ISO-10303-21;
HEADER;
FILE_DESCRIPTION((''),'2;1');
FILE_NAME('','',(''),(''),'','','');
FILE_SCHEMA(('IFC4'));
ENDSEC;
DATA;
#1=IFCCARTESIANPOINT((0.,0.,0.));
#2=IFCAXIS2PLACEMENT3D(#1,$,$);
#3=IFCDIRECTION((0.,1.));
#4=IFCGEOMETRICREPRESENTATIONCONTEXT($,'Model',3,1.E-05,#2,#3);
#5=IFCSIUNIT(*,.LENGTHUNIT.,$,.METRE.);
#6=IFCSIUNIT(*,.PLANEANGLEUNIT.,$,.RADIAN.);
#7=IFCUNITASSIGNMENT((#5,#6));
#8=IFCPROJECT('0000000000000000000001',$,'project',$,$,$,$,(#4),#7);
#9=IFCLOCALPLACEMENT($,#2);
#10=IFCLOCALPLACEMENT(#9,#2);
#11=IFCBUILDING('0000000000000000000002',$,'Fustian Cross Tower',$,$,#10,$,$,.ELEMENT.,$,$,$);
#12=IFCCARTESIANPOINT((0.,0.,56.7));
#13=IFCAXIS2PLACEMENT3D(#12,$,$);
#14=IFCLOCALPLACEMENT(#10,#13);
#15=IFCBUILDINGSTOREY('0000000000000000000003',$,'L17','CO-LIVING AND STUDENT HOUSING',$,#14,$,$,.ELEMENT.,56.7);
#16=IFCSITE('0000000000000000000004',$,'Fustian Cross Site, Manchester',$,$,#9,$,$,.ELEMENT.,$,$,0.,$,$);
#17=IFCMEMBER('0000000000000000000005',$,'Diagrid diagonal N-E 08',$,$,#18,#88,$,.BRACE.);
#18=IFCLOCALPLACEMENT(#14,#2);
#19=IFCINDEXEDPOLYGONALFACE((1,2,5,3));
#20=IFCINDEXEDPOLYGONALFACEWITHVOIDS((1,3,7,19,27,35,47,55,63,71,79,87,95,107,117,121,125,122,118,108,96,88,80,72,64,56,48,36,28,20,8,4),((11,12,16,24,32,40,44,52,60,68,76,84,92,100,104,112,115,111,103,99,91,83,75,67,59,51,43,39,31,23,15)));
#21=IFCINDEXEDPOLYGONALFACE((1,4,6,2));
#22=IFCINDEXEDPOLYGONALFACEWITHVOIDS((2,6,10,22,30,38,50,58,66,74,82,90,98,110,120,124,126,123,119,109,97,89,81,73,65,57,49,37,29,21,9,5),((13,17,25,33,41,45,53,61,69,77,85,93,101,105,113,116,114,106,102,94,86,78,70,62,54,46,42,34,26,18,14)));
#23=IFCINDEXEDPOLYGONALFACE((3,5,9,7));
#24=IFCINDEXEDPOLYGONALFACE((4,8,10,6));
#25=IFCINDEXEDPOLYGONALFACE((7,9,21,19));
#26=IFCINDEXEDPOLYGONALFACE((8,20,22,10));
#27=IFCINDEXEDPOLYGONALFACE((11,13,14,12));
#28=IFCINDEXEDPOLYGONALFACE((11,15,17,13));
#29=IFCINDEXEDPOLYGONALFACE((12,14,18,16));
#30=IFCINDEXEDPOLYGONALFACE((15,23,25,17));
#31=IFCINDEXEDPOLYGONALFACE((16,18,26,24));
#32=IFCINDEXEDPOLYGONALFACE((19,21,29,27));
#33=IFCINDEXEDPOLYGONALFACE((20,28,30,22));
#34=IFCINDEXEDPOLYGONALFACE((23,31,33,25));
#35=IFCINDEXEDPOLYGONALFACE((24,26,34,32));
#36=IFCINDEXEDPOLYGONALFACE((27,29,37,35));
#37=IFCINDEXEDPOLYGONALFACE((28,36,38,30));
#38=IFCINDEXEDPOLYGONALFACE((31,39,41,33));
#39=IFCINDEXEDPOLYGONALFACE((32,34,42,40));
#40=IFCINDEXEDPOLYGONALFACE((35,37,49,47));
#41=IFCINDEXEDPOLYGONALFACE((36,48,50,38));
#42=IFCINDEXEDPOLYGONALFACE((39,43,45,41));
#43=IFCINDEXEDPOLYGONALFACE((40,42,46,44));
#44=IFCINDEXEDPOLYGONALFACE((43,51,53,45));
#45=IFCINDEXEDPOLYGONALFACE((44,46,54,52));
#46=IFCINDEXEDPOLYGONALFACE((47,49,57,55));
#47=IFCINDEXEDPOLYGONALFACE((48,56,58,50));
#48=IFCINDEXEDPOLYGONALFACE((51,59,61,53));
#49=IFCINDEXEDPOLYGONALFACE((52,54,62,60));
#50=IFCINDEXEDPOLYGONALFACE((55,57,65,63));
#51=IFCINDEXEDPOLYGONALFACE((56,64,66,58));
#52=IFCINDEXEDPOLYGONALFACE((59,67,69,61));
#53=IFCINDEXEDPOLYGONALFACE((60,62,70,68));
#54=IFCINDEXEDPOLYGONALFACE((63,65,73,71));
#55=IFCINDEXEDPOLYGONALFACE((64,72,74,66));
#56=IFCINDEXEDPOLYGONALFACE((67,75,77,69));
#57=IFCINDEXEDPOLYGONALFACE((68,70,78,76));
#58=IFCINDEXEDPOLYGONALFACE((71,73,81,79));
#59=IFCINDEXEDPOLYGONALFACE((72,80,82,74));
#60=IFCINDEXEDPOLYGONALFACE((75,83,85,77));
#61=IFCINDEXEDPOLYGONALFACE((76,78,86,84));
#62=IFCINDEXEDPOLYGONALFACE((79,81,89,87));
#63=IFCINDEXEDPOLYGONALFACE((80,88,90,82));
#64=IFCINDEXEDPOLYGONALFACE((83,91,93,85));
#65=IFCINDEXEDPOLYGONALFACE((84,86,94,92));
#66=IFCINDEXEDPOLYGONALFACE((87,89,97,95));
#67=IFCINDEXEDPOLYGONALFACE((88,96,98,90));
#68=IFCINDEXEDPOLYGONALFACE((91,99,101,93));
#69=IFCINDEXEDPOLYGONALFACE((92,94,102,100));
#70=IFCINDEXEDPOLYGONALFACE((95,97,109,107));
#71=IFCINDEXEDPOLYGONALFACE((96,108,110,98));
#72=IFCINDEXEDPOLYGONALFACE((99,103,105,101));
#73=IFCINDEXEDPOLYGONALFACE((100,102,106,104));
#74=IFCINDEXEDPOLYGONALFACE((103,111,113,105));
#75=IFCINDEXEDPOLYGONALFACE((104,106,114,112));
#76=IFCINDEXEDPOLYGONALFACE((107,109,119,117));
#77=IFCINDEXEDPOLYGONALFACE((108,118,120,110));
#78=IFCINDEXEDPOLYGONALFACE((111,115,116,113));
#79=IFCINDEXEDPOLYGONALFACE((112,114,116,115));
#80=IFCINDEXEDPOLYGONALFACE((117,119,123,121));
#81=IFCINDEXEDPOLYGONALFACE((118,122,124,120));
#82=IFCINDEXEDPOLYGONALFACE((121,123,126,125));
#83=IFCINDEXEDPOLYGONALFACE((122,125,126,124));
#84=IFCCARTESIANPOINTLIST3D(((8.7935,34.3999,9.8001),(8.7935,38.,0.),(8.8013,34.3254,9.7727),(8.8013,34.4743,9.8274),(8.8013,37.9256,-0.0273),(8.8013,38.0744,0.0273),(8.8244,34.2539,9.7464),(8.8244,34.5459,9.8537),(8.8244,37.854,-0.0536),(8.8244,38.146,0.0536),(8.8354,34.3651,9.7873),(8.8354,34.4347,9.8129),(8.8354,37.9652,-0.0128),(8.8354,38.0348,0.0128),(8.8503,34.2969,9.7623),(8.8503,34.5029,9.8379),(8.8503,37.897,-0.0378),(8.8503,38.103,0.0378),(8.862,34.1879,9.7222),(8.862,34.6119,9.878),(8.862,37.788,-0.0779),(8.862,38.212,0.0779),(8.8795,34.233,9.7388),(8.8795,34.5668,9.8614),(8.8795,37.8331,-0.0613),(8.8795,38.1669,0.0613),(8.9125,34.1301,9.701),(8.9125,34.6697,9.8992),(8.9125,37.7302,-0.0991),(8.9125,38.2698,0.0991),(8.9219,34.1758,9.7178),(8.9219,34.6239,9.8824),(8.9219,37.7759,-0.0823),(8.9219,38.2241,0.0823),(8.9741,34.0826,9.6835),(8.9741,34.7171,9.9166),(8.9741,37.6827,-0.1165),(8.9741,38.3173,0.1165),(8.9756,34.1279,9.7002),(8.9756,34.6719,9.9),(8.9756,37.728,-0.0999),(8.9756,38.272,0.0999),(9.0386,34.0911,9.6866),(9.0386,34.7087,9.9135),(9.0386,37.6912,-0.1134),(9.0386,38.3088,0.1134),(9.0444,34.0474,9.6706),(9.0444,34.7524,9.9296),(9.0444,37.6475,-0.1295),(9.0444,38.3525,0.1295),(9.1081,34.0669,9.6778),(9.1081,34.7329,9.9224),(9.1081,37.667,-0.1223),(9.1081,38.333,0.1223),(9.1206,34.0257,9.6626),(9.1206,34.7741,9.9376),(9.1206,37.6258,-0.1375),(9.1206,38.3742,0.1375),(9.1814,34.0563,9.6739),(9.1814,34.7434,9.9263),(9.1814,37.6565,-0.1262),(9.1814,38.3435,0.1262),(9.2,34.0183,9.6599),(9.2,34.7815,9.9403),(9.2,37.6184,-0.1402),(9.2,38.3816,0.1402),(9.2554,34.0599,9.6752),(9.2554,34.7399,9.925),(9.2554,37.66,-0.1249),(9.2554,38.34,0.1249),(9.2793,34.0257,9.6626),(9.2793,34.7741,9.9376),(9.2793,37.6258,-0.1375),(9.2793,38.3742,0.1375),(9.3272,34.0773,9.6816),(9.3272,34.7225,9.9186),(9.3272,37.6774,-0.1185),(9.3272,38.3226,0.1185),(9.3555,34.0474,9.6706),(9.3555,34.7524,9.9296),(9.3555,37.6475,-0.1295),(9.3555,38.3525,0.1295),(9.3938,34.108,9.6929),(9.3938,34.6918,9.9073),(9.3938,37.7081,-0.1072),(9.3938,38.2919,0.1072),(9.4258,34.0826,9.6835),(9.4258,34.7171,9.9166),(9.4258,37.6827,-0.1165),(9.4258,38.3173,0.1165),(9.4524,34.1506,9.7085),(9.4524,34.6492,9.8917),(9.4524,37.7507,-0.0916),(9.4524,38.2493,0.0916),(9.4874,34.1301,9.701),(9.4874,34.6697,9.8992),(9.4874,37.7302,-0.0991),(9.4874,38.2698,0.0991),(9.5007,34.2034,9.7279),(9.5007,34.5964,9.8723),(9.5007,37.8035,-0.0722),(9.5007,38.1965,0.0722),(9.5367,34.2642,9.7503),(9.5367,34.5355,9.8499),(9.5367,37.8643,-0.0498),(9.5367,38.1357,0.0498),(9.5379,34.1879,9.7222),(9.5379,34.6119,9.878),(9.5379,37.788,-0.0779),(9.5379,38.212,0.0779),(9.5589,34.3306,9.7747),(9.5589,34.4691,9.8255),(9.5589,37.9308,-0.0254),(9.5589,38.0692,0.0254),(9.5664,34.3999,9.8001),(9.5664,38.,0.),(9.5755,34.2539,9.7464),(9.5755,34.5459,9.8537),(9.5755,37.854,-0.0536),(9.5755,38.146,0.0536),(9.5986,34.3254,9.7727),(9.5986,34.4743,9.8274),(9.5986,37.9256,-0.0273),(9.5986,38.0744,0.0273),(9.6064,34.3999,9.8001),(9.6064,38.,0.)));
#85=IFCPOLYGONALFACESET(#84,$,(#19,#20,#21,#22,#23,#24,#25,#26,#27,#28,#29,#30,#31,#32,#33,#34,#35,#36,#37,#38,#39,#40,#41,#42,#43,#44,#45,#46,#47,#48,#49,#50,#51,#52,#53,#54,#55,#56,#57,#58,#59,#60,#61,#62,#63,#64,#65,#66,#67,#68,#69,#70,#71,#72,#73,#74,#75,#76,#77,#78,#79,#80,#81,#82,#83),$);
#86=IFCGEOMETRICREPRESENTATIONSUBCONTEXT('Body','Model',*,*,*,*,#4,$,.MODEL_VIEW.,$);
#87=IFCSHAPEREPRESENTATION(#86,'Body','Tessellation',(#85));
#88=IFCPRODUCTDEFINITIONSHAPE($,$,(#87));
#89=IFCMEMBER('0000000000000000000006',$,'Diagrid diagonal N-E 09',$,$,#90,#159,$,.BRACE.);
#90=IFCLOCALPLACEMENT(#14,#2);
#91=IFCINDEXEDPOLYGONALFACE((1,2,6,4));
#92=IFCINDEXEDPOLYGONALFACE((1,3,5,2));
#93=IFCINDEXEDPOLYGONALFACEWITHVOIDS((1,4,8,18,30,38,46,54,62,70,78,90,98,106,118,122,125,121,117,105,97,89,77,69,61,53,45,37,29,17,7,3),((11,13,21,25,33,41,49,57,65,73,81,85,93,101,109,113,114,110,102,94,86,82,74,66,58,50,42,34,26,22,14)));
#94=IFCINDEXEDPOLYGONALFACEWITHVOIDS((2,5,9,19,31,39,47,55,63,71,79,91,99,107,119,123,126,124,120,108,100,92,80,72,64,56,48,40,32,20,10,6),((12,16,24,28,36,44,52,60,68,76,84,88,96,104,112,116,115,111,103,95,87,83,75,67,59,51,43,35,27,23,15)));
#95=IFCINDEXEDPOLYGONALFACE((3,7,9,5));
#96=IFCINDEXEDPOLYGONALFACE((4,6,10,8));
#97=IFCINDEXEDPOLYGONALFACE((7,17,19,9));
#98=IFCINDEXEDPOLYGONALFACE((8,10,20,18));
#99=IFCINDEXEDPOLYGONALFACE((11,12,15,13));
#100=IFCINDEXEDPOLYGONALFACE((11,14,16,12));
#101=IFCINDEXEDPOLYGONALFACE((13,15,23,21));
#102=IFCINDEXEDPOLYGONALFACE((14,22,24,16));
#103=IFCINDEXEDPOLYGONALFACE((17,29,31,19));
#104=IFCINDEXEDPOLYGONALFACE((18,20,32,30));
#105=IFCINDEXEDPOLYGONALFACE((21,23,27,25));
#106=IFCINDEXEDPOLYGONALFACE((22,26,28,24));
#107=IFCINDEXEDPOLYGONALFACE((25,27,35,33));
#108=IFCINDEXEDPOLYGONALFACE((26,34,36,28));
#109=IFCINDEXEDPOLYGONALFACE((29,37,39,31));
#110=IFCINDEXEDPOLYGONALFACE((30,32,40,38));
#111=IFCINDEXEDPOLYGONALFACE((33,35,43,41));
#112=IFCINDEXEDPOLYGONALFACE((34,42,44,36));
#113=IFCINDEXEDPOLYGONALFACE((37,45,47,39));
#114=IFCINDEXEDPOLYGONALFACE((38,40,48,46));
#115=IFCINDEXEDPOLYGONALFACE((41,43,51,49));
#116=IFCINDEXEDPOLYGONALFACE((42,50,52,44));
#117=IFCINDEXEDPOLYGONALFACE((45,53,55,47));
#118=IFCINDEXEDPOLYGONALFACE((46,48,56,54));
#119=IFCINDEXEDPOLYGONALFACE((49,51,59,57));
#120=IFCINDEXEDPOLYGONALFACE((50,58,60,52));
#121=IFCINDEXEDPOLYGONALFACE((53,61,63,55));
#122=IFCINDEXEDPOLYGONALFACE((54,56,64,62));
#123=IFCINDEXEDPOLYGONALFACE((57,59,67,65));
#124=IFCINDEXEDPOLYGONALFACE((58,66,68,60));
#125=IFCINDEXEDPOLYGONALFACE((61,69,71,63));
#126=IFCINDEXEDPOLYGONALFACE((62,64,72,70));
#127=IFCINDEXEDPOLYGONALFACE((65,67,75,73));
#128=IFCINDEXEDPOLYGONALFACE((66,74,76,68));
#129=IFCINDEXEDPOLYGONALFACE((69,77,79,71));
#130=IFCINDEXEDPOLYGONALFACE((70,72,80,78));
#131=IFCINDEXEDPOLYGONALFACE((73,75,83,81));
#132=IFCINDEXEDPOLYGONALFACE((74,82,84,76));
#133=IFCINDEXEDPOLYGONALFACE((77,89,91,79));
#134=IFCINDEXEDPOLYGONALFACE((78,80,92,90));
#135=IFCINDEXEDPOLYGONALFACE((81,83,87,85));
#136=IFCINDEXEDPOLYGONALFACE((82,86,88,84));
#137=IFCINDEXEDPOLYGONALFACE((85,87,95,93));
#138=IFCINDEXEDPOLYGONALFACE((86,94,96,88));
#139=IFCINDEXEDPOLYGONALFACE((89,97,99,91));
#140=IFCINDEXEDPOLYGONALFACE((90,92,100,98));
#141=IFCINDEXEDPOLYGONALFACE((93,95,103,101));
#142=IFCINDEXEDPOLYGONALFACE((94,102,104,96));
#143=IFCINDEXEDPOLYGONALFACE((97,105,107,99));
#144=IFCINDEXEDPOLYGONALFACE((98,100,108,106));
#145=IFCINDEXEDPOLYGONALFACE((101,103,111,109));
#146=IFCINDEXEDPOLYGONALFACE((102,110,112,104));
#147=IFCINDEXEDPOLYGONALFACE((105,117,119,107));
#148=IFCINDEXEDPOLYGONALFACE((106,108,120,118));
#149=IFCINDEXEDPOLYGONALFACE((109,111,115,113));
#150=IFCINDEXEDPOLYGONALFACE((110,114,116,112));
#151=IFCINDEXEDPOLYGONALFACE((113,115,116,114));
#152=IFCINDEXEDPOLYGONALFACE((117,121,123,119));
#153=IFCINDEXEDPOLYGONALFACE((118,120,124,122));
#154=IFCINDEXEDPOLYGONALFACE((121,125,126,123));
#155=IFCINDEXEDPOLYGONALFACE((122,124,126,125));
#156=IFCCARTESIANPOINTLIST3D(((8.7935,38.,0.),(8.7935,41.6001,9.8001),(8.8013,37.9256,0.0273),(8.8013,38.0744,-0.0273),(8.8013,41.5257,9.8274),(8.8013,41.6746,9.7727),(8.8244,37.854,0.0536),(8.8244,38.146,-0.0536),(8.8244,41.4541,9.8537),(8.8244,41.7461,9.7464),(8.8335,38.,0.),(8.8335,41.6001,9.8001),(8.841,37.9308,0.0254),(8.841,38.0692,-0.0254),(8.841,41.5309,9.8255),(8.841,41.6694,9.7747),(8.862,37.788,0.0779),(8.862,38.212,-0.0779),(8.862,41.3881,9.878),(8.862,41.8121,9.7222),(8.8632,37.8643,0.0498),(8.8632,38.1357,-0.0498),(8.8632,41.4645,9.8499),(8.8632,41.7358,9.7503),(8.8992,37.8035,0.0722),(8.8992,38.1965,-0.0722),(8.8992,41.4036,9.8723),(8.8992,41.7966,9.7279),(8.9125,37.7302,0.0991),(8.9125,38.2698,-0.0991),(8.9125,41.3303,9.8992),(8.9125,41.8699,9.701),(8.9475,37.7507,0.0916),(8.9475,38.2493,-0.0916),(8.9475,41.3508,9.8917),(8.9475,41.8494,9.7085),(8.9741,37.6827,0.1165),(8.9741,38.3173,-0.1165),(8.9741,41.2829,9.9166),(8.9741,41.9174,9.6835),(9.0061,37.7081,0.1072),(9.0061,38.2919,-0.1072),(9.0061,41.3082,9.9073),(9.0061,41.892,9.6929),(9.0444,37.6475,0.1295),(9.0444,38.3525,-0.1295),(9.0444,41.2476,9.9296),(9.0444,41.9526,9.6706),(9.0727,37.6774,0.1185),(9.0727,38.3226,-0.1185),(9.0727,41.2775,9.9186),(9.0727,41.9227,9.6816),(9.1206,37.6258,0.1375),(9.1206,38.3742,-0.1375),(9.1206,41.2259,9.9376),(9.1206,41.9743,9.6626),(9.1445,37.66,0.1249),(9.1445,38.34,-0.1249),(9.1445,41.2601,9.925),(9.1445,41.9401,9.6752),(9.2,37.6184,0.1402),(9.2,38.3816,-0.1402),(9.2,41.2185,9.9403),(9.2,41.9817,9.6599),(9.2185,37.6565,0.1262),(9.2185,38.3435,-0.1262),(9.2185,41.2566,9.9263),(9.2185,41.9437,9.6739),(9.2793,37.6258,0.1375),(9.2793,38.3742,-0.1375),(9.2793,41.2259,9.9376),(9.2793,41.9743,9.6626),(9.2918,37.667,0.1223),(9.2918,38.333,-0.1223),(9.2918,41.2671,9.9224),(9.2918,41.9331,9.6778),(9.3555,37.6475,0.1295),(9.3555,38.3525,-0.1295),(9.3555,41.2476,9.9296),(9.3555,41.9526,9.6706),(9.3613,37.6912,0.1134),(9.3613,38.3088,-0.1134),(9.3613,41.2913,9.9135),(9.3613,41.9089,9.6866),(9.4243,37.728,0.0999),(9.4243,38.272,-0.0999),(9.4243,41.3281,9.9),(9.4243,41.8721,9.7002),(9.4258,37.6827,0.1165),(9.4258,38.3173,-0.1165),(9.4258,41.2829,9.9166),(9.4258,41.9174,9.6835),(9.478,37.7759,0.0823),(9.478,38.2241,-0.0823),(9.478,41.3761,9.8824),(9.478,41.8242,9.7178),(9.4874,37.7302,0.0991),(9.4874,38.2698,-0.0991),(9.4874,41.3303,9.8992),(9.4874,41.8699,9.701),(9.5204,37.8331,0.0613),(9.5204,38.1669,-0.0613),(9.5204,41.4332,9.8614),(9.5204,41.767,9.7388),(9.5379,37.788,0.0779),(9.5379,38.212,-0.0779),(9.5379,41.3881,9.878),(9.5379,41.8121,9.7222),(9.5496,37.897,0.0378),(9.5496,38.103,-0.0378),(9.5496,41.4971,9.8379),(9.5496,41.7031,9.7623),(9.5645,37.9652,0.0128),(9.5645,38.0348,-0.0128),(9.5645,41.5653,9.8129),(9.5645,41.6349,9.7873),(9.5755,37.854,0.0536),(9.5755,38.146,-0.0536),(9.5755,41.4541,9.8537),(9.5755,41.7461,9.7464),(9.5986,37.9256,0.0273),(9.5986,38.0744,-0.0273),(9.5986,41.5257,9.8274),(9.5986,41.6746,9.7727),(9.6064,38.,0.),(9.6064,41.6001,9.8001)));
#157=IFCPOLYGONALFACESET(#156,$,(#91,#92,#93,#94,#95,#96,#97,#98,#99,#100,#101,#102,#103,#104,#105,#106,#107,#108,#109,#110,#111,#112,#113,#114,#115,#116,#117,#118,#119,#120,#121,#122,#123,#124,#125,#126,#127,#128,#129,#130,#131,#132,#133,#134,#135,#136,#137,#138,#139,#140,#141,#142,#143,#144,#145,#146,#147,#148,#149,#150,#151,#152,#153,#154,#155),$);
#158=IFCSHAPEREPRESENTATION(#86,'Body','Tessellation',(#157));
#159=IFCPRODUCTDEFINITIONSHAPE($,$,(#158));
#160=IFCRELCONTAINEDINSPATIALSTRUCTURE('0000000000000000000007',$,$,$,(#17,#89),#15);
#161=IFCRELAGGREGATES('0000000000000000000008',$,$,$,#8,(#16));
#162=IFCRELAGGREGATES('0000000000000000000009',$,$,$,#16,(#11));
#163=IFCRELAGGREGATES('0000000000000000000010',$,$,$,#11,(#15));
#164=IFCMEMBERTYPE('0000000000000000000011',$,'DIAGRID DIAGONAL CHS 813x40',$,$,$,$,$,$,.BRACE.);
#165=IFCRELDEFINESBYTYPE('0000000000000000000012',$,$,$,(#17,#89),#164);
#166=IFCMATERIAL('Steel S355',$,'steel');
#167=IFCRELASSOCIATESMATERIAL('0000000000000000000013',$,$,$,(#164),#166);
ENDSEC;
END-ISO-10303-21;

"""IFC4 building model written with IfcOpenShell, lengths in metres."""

from ifc_helpers import new_model, si_unit, direction, frame, origin, origin_2d, place, context, subcontext, project, spatial, hollow_circle, extrude, material, material_profile, profile_set, type_object, element, save


model = new_model("IFC4")

# Units and contexts
model_context = context("Model", 3, precision=1e-05, world=origin(), true_north=direction((0.0, 1.0)))
body_context = subcontext(model_context, "Body", "Model", "MODEL_VIEW")
ifc_project = project(units=[si_unit("LENGTHUNIT", "METRE"), si_unit("PLANEANGLEUNIT", "RADIAN")], contexts=[model_context])

# Site, building, storey
site_placement = place(None, origin())
site = spatial("IfcSite", under=ifc_project, at=site_placement, Name="Fustian Cross Site, Manchester", CompositionType="ELEMENT", RefElevation=0.0)
building_placement = place(site_placement, origin())
building = spatial("IfcBuilding", under=site, at=building_placement, Name="Fustian Cross Tower", CompositionType="ELEMENT")
storey_placement = place(building_placement, frame((0.0, 0.0, 56.7)))
storey = spatial("IfcBuildingStorey", under=building, at=storey_placement, Name="L17", Description="CO-LIVING AND STUDENT HOUSING", CompositionType="ELEMENT", Elevation=56.7)

# Members
ifc_material_1 = material(Name="Steel S355", Category="steel")
ifc_material_profile_1 = material_profile(ifc_material_1, hollow_circle(Radius=0.4065, WallThickness=0.04, at=origin_2d()), Name="CHS 813x40")
ifc_profile_set_1 = profile_set([ifc_material_profile_1], Name="Steel S355")
member_type_1 = type_object("IfcMemberType", Name="DIAGRID DIAGONAL CHS 813x40", PredefinedType="BRACE", material=ifc_profile_set_1)
for number, where, z_axis, x_axis, name in (
    (1, (9.2, 38.0, 0.0), (0.0, -0.344824, 0.938667), (1.0, 0.0, 0.0), "Diagrid diagonal N-E 08"),
    (2, (9.2, 38.0, 0.0), (0.0, 0.344824, 0.938667), (-1.0, 0.0, 0.0), "Diagrid diagonal N-E 09"),
):
    element("IfcMember", number, at=place(storey_placement, frame(where, z_axis=z_axis, x_axis=x_axis)), inside=storey, type_object=member_type_1, Name=name, PredefinedType="BRACE", context=body_context, shape_type="SweptSolid", body=[
        extrude(hollow_circle(Radius=0.4065, WallThickness=0.04, at=origin_2d()), origin(), (0.0, 0.0, 1.0), 10.4404),
    ])

save(model, "model.ifc")
